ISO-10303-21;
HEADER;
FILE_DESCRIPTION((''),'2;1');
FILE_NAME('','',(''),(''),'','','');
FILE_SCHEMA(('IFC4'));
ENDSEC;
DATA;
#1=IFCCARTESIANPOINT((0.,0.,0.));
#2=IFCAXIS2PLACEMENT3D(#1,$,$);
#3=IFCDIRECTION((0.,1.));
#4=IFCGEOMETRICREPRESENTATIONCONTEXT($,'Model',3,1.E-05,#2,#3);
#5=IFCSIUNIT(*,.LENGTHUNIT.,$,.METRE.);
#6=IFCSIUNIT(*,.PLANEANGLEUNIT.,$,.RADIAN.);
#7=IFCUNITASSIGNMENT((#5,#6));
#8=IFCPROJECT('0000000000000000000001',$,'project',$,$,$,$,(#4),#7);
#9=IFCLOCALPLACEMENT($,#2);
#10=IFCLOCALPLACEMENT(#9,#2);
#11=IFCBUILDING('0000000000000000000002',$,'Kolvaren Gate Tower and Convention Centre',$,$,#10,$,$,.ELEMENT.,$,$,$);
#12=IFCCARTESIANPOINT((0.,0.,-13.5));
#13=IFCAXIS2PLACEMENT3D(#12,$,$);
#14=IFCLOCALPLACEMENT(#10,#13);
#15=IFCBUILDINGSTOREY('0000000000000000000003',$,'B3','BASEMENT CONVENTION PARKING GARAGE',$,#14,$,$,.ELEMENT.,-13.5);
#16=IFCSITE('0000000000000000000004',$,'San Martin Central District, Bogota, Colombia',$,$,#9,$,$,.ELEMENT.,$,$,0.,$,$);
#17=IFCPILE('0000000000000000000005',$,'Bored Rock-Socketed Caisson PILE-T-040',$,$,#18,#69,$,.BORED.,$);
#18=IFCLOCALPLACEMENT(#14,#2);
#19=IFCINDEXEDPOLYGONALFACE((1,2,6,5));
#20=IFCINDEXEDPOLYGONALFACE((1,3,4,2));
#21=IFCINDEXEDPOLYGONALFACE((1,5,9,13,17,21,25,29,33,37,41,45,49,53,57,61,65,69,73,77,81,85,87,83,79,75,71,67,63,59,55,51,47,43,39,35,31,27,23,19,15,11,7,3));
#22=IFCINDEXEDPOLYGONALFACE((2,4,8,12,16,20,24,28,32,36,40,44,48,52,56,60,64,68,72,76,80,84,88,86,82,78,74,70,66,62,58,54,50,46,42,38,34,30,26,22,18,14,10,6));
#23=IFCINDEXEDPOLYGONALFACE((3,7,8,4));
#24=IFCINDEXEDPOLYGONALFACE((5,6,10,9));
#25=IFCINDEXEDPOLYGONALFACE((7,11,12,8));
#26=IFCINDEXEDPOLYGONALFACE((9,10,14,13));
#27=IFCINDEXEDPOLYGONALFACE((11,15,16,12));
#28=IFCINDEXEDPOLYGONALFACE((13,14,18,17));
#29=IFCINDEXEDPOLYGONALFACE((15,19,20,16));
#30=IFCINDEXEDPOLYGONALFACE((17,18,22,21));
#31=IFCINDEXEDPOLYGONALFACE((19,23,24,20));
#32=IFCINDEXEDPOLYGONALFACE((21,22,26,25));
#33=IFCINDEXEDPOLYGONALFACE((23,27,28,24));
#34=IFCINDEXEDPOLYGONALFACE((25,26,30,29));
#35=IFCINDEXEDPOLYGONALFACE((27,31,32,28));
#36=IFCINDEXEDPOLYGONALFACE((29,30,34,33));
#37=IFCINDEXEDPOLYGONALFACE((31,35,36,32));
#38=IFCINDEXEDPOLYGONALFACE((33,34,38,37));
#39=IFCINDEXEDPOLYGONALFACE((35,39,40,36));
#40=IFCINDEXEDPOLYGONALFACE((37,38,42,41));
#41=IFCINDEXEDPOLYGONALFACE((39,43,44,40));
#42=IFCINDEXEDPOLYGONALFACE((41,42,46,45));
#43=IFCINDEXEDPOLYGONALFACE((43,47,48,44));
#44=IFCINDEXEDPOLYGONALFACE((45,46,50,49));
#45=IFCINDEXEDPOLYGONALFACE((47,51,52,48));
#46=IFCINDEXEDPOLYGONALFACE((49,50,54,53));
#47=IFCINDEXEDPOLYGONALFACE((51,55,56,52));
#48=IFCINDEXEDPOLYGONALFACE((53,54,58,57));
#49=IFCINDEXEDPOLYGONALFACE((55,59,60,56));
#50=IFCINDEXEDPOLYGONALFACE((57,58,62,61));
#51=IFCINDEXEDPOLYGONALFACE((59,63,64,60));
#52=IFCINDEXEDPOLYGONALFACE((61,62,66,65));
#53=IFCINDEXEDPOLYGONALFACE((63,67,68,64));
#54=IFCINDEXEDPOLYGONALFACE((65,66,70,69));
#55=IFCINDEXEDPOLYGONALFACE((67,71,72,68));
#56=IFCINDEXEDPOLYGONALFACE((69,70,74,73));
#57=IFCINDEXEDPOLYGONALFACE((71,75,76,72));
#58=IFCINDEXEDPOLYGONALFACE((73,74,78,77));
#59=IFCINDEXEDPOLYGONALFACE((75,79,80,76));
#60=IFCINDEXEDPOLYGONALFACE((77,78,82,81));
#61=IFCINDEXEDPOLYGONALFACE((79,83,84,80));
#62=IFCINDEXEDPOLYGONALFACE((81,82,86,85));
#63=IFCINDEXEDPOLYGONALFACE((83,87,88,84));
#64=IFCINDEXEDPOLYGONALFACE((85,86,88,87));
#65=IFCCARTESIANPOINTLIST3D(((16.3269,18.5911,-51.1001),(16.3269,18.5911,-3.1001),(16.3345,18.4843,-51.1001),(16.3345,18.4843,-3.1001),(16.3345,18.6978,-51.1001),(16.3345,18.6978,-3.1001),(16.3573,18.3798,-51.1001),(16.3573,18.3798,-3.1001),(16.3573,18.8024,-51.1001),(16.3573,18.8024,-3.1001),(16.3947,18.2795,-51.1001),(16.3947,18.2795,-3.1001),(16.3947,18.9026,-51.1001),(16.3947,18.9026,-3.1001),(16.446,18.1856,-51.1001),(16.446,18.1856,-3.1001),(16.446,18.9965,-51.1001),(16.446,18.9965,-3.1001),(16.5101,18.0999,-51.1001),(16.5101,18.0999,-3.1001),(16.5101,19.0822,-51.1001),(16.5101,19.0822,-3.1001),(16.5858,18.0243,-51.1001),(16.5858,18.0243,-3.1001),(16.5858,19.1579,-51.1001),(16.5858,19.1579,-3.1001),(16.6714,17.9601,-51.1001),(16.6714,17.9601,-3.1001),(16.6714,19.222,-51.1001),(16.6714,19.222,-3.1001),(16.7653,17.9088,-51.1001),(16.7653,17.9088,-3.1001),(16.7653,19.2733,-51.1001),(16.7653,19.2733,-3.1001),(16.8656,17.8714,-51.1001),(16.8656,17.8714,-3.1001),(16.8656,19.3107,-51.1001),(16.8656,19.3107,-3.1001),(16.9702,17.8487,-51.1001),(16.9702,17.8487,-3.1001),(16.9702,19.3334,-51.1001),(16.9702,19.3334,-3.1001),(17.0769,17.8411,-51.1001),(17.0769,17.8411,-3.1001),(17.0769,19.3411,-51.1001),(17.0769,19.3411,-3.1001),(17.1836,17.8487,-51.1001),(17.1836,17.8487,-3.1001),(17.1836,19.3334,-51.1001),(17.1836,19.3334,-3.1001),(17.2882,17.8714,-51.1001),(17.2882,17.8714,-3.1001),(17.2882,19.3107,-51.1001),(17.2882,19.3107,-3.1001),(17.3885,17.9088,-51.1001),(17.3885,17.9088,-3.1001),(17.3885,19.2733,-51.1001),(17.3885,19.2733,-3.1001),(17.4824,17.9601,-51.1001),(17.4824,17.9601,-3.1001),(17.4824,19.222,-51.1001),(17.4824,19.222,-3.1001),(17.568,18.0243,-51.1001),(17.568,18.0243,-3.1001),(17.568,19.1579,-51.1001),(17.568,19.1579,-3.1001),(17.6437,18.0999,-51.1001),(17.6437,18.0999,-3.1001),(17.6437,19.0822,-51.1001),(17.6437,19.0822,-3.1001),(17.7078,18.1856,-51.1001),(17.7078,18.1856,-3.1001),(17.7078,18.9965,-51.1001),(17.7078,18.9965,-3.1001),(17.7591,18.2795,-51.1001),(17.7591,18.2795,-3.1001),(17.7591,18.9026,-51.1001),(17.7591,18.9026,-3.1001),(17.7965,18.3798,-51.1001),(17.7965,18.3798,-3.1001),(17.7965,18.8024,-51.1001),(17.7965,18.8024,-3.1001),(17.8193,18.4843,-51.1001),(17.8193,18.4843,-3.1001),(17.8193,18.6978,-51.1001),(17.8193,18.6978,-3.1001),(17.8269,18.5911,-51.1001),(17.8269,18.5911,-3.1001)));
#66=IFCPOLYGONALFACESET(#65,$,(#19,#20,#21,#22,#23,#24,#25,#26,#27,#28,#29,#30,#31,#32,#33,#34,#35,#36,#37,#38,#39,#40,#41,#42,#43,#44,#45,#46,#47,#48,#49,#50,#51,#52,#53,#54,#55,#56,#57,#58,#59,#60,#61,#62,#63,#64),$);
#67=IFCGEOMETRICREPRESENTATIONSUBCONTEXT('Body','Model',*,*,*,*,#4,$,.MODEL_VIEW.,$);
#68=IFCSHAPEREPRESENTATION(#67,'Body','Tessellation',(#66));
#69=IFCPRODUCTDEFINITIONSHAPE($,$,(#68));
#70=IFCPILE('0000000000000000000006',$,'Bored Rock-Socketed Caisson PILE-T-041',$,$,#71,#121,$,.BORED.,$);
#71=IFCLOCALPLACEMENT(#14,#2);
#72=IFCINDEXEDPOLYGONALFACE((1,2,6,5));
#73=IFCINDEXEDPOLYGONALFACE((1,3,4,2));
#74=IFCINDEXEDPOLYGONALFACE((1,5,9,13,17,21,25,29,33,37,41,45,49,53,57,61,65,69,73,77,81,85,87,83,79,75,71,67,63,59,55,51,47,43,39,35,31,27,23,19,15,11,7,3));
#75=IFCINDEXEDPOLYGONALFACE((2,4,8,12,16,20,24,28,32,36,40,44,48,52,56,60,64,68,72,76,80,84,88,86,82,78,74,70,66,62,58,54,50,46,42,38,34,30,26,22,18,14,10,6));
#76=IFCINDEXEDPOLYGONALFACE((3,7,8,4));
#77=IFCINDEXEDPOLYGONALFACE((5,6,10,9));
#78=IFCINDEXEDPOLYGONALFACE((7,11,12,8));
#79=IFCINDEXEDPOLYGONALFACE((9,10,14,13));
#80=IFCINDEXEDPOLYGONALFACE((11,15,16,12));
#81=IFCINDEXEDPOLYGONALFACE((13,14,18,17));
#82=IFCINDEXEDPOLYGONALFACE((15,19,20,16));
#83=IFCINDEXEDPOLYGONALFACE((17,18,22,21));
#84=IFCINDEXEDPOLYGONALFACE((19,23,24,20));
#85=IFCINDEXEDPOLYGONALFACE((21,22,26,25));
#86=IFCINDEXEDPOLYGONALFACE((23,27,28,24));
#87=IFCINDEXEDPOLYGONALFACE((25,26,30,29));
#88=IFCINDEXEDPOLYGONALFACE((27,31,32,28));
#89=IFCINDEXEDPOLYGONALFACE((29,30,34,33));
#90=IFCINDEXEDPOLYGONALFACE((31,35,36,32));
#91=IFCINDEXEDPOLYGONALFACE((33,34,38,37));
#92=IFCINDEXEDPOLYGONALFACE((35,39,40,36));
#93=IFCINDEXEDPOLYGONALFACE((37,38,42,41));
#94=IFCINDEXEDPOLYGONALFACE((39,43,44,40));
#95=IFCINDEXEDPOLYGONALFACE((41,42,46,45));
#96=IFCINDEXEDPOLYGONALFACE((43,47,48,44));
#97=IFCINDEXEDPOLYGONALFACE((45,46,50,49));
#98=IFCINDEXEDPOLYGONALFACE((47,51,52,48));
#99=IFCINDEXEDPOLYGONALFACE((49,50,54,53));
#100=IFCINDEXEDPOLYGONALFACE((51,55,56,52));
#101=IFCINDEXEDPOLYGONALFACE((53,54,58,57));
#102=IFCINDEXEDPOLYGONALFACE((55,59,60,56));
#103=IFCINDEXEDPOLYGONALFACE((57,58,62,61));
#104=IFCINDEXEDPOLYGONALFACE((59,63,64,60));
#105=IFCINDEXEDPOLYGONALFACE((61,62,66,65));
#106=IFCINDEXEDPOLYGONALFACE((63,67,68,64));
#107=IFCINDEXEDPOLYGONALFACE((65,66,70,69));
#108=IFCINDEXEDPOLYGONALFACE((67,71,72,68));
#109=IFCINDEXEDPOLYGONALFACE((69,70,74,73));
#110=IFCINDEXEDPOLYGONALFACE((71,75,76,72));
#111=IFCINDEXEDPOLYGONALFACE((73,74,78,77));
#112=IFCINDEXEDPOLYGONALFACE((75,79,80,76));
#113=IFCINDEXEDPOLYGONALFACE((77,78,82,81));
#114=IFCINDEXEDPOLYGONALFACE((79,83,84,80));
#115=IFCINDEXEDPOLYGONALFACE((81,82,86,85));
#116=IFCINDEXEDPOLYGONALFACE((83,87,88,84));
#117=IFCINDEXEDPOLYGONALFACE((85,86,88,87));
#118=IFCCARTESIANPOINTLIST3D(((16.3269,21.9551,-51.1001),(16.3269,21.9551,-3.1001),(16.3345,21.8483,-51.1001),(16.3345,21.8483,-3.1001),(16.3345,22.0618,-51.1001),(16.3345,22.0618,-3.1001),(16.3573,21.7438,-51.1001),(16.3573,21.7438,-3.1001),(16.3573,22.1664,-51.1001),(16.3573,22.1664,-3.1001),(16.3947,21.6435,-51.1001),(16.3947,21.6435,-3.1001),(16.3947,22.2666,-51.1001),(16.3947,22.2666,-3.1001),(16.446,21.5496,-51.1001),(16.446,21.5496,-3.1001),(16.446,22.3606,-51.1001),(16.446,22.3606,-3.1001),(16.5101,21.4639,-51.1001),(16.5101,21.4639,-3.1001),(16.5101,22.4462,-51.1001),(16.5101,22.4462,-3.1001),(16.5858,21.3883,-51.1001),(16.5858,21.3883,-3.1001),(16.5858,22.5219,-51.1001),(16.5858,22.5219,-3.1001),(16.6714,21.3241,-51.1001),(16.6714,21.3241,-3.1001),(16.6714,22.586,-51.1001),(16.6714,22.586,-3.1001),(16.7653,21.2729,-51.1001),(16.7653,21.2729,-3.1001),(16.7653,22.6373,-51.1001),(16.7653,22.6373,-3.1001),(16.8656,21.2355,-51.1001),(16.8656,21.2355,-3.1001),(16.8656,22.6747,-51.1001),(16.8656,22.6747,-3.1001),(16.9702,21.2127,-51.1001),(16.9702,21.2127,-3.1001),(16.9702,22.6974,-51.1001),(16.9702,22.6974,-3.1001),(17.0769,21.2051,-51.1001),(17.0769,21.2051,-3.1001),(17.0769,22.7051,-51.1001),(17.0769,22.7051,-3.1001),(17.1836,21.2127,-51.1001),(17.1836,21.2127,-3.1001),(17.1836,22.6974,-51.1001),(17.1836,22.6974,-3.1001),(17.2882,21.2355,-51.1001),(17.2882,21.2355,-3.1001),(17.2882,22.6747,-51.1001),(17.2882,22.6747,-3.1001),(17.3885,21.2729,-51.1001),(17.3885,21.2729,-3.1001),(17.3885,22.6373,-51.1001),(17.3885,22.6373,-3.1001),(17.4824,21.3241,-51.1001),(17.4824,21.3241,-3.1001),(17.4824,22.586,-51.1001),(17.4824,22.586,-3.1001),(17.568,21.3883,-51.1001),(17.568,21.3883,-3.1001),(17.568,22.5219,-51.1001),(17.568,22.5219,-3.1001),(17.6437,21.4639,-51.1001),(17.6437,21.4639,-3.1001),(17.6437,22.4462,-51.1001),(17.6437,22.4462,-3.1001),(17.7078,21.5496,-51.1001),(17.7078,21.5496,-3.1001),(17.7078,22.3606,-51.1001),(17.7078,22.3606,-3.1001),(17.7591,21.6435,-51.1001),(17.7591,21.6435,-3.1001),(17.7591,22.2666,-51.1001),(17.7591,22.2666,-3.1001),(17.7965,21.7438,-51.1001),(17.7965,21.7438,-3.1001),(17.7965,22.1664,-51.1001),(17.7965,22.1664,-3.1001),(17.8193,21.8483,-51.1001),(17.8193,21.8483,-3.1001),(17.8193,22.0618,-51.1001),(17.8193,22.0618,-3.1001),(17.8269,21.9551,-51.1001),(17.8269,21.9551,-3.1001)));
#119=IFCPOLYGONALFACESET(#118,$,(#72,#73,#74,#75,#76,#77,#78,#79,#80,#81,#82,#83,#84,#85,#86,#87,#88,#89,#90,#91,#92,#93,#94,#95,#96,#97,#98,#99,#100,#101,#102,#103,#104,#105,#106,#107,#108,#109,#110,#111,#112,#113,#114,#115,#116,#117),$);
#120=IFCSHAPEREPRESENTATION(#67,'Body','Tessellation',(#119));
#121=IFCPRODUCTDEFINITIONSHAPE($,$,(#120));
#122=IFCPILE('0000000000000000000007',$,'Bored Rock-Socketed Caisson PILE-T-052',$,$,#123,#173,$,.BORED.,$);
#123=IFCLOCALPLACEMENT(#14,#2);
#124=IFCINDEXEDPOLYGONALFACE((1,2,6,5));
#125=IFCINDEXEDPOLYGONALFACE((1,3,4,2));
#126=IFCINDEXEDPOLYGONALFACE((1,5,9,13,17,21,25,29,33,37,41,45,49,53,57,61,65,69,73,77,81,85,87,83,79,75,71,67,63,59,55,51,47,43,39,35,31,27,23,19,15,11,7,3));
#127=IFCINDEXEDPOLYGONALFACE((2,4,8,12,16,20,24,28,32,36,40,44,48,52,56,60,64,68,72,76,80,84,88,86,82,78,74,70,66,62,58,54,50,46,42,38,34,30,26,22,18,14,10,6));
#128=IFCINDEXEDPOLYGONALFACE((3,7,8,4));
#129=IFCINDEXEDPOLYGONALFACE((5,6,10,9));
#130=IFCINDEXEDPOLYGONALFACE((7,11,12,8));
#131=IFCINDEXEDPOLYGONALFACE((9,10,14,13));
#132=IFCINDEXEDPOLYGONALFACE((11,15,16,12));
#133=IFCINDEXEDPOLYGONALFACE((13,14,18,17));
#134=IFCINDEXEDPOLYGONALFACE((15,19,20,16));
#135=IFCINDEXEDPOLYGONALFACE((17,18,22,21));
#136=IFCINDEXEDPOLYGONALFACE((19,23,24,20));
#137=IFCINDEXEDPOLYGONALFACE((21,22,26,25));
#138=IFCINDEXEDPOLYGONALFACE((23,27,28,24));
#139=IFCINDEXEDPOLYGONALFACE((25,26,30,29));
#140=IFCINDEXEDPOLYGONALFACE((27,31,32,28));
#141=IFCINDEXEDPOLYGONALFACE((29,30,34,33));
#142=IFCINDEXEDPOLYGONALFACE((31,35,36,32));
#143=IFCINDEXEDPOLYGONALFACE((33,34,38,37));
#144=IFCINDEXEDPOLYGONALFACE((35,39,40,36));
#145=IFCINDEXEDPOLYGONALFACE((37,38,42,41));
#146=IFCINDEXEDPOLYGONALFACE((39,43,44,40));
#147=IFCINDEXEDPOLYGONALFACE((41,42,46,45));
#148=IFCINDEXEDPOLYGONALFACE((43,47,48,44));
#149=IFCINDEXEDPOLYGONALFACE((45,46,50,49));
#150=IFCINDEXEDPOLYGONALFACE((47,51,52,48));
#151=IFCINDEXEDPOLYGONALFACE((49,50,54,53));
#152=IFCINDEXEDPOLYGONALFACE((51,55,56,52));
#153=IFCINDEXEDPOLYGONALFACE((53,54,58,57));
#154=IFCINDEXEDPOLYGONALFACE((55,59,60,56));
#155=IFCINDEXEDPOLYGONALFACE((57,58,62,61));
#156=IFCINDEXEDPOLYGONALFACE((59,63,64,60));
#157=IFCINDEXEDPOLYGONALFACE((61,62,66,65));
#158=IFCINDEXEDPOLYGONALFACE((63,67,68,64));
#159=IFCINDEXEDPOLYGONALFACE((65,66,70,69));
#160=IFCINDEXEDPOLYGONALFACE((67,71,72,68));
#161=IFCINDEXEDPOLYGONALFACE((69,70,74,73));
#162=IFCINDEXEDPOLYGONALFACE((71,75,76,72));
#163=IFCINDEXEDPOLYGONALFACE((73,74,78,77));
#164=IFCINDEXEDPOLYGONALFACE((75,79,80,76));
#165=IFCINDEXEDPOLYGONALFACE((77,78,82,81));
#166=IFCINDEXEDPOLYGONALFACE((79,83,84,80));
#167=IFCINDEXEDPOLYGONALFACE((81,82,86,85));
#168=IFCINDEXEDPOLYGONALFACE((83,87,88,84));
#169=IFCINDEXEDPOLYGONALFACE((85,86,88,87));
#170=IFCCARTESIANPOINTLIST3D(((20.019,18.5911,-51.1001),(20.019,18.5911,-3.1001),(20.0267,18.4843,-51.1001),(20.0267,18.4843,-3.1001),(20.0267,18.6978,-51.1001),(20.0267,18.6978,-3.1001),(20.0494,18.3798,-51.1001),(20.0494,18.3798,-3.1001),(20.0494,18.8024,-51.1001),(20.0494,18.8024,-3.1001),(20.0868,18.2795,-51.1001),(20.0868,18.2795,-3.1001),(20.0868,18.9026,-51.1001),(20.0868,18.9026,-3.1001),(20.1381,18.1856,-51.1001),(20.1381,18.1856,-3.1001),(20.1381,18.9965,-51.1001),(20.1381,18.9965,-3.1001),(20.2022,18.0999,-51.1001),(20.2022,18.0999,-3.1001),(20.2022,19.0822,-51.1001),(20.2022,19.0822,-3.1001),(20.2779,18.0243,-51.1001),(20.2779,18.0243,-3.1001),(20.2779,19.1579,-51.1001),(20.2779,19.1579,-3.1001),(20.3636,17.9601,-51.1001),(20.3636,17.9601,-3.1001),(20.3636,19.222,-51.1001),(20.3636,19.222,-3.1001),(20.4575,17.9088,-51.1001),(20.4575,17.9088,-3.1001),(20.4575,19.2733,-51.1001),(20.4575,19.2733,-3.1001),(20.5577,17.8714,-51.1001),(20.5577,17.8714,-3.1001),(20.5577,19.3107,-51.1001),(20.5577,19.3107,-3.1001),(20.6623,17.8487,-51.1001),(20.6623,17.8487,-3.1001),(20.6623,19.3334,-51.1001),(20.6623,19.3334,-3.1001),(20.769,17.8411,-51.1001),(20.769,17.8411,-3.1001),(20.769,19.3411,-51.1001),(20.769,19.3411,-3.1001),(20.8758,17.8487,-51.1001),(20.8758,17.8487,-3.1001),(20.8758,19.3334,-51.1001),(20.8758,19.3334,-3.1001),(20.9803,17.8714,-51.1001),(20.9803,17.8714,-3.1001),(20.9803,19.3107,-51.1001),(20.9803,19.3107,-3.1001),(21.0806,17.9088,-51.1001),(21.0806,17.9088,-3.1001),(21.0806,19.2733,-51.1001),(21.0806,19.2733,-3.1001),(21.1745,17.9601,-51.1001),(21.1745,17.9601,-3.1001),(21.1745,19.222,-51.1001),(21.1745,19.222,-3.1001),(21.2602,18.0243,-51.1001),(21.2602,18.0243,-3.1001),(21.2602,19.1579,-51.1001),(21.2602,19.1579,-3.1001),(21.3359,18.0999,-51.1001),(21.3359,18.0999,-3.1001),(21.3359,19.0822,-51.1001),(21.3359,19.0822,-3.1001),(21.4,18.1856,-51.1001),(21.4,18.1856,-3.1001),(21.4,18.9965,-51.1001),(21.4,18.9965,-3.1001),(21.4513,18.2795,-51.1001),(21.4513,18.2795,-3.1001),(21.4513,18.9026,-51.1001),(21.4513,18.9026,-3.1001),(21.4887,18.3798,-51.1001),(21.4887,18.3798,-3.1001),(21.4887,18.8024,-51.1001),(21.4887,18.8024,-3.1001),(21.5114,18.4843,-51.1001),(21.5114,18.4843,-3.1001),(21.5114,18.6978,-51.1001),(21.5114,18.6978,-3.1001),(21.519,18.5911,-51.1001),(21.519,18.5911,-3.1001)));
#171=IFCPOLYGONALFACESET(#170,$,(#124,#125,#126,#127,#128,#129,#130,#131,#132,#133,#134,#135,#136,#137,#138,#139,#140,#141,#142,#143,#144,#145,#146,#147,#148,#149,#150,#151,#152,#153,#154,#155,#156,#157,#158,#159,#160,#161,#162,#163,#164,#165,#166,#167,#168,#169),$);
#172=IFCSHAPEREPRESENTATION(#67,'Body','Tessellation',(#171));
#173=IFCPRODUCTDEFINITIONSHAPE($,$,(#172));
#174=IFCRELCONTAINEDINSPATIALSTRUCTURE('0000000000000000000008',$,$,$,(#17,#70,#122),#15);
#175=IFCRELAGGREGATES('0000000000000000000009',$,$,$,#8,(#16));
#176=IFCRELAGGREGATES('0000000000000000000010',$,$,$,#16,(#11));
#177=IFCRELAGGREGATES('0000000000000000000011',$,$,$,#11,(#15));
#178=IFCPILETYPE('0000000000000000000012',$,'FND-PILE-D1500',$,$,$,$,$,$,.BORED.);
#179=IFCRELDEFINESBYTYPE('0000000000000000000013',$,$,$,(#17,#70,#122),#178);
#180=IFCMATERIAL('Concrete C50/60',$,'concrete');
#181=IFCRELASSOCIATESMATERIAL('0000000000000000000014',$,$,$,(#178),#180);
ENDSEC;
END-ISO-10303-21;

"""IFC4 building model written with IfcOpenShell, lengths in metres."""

from ifc_helpers import new_model, si_unit, direction, frame, origin, origin_2d, place, context, subcontext, project, spatial, circle, extrude, material, material_profile, profile_set, type_object, element, save


model = new_model("IFC4")

# Units and contexts
model_context = context("Model", 3, precision=1e-05, world=origin(), true_north=direction((0.0, 1.0)))
body_context = subcontext(model_context, "Body", "Model", "MODEL_VIEW")
ifc_project = project(units=[si_unit("LENGTHUNIT", "METRE"), si_unit("PLANEANGLEUNIT", "RADIAN")], contexts=[model_context])

# Site, building, storey
site_placement = place(None, origin())
site = spatial("IfcSite", under=ifc_project, at=site_placement, Name="San Martin Central District, Bogota, Colombia", CompositionType="ELEMENT", RefElevation=0.0)
building_placement = place(site_placement, origin())
building = spatial("IfcBuilding", under=site, at=building_placement, Name="Kolvaren Gate Tower and Convention Centre", CompositionType="ELEMENT")
storey_placement = place(building_placement, frame((0.0, 0.0, -13.5)))
storey = spatial("IfcBuildingStorey", under=building, at=storey_placement, Name="B3", Description="BASEMENT CONVENTION PARKING GARAGE", CompositionType="ELEMENT", Elevation=-13.5)

# Piles
ifc_material_1 = material(Name="Concrete C50/60", Category="concrete")
ifc_material_profile_1 = material_profile(ifc_material_1, circle(Radius=0.75, at=origin_2d()), Name="CAISSON-D1500")
ifc_profile_set_1 = profile_set([ifc_material_profile_1], Name="Concrete C50/60")
pile_type = type_object("IfcPileType", Name="FND-PILE-D1500", PredefinedType="BORED", material=ifc_profile_set_1)
for number, where, z_axis, x_axis, name in (
    (1, (17.0769, 18.5911, -3.1001), (0.0, 0.0, -1.0), (1.0, 0.0, 0.0), "Bored Rock-Socketed Caisson PILE-T-040"),
    (2, (17.0769, 21.9551, -3.1001), (0.0, 0.0, -1.0), (1.0, 0.0, 0.0), "Bored Rock-Socketed Caisson PILE-T-041"),
    (3, (20.769, 18.5911, -3.1001), (0.0, 0.0, -1.0), (1.0, 0.0, 0.0), "Bored Rock-Socketed Caisson PILE-T-052"),
):
    element("IfcPile", number, at=place(storey_placement, frame(where, z_axis=z_axis, x_axis=x_axis)), inside=storey, type_object=pile_type, Name=name, PredefinedType="BORED", context=body_context, shape_type="SweptSolid", body=[
        extrude(circle(Radius=0.75, at=origin_2d()), origin(), (0.0, 0.0, 1.0), 48.0),
    ])

save(model, "model.ifc")
